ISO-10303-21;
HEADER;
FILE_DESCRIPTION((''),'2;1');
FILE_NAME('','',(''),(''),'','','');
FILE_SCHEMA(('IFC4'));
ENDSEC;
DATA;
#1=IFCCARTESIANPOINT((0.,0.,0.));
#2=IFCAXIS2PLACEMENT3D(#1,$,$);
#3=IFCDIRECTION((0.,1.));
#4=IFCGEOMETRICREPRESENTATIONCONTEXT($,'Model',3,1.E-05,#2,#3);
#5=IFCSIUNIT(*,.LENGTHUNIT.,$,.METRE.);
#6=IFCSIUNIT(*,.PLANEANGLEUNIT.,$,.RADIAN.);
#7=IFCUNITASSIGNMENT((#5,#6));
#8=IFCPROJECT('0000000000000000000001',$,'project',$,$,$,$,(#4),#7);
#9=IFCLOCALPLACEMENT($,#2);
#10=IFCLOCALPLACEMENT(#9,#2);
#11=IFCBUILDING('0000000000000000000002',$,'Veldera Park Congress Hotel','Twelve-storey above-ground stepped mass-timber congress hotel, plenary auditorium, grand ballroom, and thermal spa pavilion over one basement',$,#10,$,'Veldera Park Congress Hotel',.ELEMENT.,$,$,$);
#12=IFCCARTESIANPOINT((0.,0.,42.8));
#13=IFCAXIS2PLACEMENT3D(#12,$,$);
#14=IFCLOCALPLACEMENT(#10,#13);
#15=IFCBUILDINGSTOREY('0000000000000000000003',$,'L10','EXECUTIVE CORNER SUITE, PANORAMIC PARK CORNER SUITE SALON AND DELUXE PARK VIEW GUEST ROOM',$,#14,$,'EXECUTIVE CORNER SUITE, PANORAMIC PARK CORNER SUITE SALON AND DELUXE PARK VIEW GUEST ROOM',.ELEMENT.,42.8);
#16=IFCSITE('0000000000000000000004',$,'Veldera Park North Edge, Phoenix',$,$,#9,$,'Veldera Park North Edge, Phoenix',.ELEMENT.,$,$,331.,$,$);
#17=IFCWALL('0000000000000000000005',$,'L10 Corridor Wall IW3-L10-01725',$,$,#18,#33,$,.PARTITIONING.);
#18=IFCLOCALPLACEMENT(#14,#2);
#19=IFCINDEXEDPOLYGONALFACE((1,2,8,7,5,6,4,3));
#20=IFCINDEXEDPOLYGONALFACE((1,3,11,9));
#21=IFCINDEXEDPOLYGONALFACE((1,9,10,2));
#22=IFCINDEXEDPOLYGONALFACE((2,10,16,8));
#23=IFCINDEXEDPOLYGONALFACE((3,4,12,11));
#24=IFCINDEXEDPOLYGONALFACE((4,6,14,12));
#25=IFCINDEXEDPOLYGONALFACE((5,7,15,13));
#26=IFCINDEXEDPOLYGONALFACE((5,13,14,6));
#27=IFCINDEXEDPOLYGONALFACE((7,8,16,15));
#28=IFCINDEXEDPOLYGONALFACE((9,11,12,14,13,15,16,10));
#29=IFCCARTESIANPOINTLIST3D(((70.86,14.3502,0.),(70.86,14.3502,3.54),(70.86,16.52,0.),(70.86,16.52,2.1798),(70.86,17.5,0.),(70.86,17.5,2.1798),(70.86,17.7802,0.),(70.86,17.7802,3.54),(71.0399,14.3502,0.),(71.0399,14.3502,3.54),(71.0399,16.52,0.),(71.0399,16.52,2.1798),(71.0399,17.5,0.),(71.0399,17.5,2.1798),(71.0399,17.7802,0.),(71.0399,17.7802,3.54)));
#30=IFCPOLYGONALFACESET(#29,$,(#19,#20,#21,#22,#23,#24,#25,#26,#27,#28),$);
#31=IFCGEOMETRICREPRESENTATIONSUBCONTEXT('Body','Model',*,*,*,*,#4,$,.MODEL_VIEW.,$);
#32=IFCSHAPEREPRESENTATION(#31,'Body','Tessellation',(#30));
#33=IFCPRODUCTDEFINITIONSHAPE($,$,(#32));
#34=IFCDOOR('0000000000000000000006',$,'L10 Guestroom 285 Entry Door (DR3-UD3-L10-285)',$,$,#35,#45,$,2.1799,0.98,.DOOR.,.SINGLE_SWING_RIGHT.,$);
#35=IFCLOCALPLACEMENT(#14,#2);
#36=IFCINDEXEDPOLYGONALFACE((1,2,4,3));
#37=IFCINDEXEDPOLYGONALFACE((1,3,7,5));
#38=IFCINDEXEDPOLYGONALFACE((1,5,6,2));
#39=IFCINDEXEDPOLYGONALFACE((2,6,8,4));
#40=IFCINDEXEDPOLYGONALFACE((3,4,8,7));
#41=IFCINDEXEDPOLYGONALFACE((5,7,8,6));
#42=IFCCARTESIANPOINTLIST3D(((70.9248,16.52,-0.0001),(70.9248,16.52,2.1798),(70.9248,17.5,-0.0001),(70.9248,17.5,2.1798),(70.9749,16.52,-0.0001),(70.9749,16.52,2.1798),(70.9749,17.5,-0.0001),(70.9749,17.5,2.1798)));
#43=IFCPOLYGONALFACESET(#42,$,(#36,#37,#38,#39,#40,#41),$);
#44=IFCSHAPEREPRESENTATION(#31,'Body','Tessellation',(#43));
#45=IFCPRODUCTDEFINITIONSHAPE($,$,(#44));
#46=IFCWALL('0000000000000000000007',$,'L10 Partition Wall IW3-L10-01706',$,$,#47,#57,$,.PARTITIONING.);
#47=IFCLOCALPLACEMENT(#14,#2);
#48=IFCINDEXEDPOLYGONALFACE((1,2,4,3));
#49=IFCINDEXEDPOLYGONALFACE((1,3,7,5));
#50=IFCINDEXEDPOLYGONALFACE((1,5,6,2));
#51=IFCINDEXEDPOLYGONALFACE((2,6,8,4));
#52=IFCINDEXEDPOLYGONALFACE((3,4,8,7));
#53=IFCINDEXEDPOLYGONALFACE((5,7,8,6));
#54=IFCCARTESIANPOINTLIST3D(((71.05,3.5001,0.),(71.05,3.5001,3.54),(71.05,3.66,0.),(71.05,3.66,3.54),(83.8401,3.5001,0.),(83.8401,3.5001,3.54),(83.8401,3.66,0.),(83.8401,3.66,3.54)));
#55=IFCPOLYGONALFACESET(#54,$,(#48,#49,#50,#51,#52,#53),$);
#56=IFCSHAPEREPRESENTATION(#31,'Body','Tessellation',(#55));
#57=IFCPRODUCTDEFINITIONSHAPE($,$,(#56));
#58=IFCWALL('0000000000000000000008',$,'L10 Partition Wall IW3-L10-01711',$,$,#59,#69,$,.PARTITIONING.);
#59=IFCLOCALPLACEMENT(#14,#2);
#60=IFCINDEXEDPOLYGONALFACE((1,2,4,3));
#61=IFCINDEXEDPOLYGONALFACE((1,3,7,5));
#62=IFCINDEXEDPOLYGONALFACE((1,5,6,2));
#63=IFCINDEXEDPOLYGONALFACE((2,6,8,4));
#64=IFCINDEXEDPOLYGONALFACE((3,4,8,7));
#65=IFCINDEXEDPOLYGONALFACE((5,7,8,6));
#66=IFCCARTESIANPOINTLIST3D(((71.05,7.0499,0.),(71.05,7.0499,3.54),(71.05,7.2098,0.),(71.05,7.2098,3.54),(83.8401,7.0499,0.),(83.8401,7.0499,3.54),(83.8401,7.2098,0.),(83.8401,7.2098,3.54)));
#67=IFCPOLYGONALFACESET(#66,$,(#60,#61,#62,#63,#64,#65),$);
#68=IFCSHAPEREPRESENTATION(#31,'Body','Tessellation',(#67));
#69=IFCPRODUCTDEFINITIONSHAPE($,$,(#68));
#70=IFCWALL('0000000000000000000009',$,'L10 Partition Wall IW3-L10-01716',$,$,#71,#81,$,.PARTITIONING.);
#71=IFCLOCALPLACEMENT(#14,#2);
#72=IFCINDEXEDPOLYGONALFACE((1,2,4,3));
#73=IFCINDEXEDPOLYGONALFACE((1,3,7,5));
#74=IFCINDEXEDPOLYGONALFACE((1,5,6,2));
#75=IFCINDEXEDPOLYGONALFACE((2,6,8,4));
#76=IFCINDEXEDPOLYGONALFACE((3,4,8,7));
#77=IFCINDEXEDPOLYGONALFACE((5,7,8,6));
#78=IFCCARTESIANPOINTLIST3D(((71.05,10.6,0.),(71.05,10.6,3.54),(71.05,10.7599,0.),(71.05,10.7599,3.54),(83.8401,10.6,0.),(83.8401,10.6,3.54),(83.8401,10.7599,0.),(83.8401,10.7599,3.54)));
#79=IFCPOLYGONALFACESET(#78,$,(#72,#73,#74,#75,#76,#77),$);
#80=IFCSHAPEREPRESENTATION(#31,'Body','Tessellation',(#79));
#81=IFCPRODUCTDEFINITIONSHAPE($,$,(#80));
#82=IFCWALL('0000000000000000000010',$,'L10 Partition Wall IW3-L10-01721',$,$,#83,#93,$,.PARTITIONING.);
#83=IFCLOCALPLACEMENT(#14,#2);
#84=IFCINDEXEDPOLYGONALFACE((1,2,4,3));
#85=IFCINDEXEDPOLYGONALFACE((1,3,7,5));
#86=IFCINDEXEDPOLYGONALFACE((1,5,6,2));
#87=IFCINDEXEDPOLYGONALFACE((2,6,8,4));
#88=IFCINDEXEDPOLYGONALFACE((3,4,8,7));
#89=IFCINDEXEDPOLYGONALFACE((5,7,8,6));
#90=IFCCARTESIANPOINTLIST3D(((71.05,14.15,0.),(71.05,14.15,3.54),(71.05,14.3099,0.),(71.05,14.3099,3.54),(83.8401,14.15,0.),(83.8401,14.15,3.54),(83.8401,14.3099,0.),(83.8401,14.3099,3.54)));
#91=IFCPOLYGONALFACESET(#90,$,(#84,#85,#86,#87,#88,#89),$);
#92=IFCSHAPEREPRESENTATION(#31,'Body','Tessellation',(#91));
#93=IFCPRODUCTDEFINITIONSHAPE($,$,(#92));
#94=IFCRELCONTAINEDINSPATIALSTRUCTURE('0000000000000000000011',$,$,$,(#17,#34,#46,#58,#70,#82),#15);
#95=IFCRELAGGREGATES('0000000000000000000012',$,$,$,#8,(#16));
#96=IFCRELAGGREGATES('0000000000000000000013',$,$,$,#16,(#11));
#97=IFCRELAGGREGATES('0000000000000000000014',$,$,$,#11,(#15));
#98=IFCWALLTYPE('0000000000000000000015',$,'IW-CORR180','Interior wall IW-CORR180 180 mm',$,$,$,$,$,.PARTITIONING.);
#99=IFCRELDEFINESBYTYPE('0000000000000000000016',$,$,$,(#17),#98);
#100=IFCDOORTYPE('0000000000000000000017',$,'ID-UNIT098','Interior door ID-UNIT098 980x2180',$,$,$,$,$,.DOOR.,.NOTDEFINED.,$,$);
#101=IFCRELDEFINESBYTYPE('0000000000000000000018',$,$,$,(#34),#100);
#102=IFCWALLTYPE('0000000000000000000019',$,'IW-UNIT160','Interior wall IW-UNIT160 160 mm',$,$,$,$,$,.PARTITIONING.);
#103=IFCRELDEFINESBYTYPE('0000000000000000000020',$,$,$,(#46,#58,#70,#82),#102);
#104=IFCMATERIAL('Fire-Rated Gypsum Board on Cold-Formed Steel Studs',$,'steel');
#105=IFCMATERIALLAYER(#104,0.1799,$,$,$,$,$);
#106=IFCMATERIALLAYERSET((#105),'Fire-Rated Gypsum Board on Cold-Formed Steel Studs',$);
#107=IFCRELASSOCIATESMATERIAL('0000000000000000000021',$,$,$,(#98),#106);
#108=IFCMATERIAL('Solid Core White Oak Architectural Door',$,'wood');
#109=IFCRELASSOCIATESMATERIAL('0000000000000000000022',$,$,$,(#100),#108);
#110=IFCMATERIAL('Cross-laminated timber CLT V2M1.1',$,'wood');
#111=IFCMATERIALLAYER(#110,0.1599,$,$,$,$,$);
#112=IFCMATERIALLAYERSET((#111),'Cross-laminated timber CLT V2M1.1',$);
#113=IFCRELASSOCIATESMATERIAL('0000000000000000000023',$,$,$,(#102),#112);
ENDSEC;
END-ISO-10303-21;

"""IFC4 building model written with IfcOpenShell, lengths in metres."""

from ifc_helpers import new_model, si_unit, direction, frame, frame_2d, origin, place, context, subcontext, project, spatial, rectangle, extrude, material, layer, layer_set, type_object, element, fill, save


model = new_model("IFC4")

# Units and contexts
model_context = context("Model", 3, precision=1e-05, world=origin(), true_north=direction((0.0, 1.0)))
body_context = subcontext(model_context, "Body", "Model", "MODEL_VIEW")
ifc_project = project(units=[si_unit("LENGTHUNIT", "METRE"), si_unit("PLANEANGLEUNIT", "RADIAN")], contexts=[model_context])

# Site, building, storey
site_placement = place(None, origin())
site = spatial("IfcSite", under=ifc_project, at=site_placement, Name="Veldera Park North Edge, Phoenix", LongName="Veldera Park North Edge, Phoenix", CompositionType="ELEMENT", RefElevation=331.0)
building_placement = place(site_placement, origin())
building = spatial("IfcBuilding", under=site, at=building_placement, Name="Veldera Park Congress Hotel", Description="Twelve-storey above-ground stepped mass-timber congress hotel, plenary auditorium, grand ballroom, and thermal spa pavilion over one basement", LongName="Veldera Park Congress Hotel", CompositionType="ELEMENT")
storey_placement = place(building_placement, frame((0.0, 0.0, 42.8)))
storey = spatial("IfcBuildingStorey", under=building, at=storey_placement, Name="L10", Description="EXECUTIVE CORNER SUITE, PANORAMIC PARK CORNER SUITE SALON AND DELUXE PARK VIEW GUEST ROOM", LongName="EXECUTIVE CORNER SUITE, PANORAMIC PARK CORNER SUITE SALON AND DELUXE PARK VIEW GUEST ROOM", CompositionType="ELEMENT", Elevation=42.8)

# Shared definitions
ifc_material_1 = material(Name="Cross-laminated timber CLT V2M1.1", Category="wood")

# Wall, opening, door
ifc_material_2 = material(Name="Fire-Rated Gypsum Board on Cold-Formed Steel Studs", Category="steel")
ifc_layer_1 = layer(ifc_material_2, 0.1799)
ifc_layer_set_1 = layer_set([ifc_layer_1], Name="Fire-Rated Gypsum Board on Cold-Formed Steel Studs")
wall_type_1 = type_object("IfcWallType", Name="IW-CORR180", Description="Interior wall IW-CORR180 180 mm", PredefinedType="PARTITIONING", material=ifc_layer_set_1)
ifc_material_3 = material(Name="Solid Core White Oak Architectural Door", Category="wood")
door_type = type_object("IfcDoorType", Name="ID-UNIT098", Description="Interior door ID-UNIT098 980x2180", OperationType="NOTDEFINED", PredefinedType="DOOR", material=ifc_material_3)
wall_1_placement = place(storey_placement, frame((70.95, 17.78, 0.0), z_axis=(0.0, 0.0, 1.0), x_axis=(0.0, -1.0, 0.0)))
wall_1 = element("IfcWall", 1, at=wall_1_placement, inside=storey, type_object=wall_type_1, Name="L10 Corridor Wall IW3-L10-01725", PredefinedType="PARTITIONING", context=body_context, shape_type="SweptSolid", body=[
    extrude(rectangle(XDim=3.4299, YDim=0.1799, at=frame_2d((1.7148, 0.0))), origin(), (0.0, 0.0, 1.0), 3.54),
])
opening_1_placement = place(wall_1_placement, frame((0.28, 0.0, 0.0)))
opening_1 = element("IfcOpeningElement", 2, at=opening_1_placement, cuts=wall_1, PredefinedType="OPENING", context=body_context, shape_type="SweptSolid", body=[
    extrude(rectangle(XDim=0.98, YDim=2.1799, at=frame_2d((0.49, 1.0898))), frame((0.0, 0.1021, 0.0), z_axis=(0.0, -1.0, 0.0), x_axis=(1.0, 0.0, 0.0)), (0.0, 0.0, 1.0), 0.2039),
])
door_1_placement = place(opening_1_placement, origin())
door_1 = element("IfcDoor", 3, at=door_1_placement, inside=storey, type_object=door_type, Name="L10 Guestroom 285 Entry Door (DR3-UD3-L10-285)", OperationType="SINGLE_SWING_RIGHT", OverallHeight=2.1799, OverallWidth=0.98, PredefinedType="DOOR", context=body_context, shape_type="SweptSolid", body=[
    extrude(rectangle(XDim=0.98, YDim=2.1799, at=frame_2d((0.49, 1.0898))), frame((0.0, 0.0249, 0.0), z_axis=(0.0, -1.0, 0.0), x_axis=(1.0, 0.0, 0.0)), (0.0, 0.0, 1.0), 0.05),
])
fill(opening_1, door_1)

# Walls
ifc_layer_2 = layer(ifc_material_1, 0.1599)
ifc_layer_set_2 = layer_set([ifc_layer_2], Name="Cross-laminated timber CLT V2M1.1")
wall_type_2 = type_object("IfcWallType", Name="IW-UNIT160", Description="Interior wall IW-UNIT160 160 mm", PredefinedType="PARTITIONING", material=ifc_layer_set_2)
for number, where, z_axis, x_axis, name in (
    (4, (71.05, 3.5801, 0.0), (0.0, 0.0, 1.0), (1.0, 0.0, 0.0), "L10 Partition Wall IW3-L10-01706"),
    (5, (71.05, 7.1299, 0.0), (0.0, 0.0, 1.0), (1.0, 0.0, 0.0), "L10 Partition Wall IW3-L10-01711"),
    (6, (71.05, 10.6799, 0.0), (0.0, 0.0, 1.0), (1.0, 0.0, 0.0), "L10 Partition Wall IW3-L10-01716"),
    (7, (71.05, 14.23, 0.0), (0.0, 0.0, 1.0), (1.0, 0.0, 0.0), "L10 Partition Wall IW3-L10-01721"),
):
    element("IfcWall", number, at=place(storey_placement, frame(where, z_axis=z_axis, x_axis=x_axis)), inside=storey, type_object=wall_type_2, Name=name, PredefinedType="PARTITIONING", context=body_context, shape_type="SweptSolid", body=[
        extrude(rectangle(XDim=12.79, YDim=0.1599, at=frame_2d((6.395, 0.0))), origin(), (0.0, 0.0, 1.0), 3.54),
    ])

save(model, "model.ifc")
